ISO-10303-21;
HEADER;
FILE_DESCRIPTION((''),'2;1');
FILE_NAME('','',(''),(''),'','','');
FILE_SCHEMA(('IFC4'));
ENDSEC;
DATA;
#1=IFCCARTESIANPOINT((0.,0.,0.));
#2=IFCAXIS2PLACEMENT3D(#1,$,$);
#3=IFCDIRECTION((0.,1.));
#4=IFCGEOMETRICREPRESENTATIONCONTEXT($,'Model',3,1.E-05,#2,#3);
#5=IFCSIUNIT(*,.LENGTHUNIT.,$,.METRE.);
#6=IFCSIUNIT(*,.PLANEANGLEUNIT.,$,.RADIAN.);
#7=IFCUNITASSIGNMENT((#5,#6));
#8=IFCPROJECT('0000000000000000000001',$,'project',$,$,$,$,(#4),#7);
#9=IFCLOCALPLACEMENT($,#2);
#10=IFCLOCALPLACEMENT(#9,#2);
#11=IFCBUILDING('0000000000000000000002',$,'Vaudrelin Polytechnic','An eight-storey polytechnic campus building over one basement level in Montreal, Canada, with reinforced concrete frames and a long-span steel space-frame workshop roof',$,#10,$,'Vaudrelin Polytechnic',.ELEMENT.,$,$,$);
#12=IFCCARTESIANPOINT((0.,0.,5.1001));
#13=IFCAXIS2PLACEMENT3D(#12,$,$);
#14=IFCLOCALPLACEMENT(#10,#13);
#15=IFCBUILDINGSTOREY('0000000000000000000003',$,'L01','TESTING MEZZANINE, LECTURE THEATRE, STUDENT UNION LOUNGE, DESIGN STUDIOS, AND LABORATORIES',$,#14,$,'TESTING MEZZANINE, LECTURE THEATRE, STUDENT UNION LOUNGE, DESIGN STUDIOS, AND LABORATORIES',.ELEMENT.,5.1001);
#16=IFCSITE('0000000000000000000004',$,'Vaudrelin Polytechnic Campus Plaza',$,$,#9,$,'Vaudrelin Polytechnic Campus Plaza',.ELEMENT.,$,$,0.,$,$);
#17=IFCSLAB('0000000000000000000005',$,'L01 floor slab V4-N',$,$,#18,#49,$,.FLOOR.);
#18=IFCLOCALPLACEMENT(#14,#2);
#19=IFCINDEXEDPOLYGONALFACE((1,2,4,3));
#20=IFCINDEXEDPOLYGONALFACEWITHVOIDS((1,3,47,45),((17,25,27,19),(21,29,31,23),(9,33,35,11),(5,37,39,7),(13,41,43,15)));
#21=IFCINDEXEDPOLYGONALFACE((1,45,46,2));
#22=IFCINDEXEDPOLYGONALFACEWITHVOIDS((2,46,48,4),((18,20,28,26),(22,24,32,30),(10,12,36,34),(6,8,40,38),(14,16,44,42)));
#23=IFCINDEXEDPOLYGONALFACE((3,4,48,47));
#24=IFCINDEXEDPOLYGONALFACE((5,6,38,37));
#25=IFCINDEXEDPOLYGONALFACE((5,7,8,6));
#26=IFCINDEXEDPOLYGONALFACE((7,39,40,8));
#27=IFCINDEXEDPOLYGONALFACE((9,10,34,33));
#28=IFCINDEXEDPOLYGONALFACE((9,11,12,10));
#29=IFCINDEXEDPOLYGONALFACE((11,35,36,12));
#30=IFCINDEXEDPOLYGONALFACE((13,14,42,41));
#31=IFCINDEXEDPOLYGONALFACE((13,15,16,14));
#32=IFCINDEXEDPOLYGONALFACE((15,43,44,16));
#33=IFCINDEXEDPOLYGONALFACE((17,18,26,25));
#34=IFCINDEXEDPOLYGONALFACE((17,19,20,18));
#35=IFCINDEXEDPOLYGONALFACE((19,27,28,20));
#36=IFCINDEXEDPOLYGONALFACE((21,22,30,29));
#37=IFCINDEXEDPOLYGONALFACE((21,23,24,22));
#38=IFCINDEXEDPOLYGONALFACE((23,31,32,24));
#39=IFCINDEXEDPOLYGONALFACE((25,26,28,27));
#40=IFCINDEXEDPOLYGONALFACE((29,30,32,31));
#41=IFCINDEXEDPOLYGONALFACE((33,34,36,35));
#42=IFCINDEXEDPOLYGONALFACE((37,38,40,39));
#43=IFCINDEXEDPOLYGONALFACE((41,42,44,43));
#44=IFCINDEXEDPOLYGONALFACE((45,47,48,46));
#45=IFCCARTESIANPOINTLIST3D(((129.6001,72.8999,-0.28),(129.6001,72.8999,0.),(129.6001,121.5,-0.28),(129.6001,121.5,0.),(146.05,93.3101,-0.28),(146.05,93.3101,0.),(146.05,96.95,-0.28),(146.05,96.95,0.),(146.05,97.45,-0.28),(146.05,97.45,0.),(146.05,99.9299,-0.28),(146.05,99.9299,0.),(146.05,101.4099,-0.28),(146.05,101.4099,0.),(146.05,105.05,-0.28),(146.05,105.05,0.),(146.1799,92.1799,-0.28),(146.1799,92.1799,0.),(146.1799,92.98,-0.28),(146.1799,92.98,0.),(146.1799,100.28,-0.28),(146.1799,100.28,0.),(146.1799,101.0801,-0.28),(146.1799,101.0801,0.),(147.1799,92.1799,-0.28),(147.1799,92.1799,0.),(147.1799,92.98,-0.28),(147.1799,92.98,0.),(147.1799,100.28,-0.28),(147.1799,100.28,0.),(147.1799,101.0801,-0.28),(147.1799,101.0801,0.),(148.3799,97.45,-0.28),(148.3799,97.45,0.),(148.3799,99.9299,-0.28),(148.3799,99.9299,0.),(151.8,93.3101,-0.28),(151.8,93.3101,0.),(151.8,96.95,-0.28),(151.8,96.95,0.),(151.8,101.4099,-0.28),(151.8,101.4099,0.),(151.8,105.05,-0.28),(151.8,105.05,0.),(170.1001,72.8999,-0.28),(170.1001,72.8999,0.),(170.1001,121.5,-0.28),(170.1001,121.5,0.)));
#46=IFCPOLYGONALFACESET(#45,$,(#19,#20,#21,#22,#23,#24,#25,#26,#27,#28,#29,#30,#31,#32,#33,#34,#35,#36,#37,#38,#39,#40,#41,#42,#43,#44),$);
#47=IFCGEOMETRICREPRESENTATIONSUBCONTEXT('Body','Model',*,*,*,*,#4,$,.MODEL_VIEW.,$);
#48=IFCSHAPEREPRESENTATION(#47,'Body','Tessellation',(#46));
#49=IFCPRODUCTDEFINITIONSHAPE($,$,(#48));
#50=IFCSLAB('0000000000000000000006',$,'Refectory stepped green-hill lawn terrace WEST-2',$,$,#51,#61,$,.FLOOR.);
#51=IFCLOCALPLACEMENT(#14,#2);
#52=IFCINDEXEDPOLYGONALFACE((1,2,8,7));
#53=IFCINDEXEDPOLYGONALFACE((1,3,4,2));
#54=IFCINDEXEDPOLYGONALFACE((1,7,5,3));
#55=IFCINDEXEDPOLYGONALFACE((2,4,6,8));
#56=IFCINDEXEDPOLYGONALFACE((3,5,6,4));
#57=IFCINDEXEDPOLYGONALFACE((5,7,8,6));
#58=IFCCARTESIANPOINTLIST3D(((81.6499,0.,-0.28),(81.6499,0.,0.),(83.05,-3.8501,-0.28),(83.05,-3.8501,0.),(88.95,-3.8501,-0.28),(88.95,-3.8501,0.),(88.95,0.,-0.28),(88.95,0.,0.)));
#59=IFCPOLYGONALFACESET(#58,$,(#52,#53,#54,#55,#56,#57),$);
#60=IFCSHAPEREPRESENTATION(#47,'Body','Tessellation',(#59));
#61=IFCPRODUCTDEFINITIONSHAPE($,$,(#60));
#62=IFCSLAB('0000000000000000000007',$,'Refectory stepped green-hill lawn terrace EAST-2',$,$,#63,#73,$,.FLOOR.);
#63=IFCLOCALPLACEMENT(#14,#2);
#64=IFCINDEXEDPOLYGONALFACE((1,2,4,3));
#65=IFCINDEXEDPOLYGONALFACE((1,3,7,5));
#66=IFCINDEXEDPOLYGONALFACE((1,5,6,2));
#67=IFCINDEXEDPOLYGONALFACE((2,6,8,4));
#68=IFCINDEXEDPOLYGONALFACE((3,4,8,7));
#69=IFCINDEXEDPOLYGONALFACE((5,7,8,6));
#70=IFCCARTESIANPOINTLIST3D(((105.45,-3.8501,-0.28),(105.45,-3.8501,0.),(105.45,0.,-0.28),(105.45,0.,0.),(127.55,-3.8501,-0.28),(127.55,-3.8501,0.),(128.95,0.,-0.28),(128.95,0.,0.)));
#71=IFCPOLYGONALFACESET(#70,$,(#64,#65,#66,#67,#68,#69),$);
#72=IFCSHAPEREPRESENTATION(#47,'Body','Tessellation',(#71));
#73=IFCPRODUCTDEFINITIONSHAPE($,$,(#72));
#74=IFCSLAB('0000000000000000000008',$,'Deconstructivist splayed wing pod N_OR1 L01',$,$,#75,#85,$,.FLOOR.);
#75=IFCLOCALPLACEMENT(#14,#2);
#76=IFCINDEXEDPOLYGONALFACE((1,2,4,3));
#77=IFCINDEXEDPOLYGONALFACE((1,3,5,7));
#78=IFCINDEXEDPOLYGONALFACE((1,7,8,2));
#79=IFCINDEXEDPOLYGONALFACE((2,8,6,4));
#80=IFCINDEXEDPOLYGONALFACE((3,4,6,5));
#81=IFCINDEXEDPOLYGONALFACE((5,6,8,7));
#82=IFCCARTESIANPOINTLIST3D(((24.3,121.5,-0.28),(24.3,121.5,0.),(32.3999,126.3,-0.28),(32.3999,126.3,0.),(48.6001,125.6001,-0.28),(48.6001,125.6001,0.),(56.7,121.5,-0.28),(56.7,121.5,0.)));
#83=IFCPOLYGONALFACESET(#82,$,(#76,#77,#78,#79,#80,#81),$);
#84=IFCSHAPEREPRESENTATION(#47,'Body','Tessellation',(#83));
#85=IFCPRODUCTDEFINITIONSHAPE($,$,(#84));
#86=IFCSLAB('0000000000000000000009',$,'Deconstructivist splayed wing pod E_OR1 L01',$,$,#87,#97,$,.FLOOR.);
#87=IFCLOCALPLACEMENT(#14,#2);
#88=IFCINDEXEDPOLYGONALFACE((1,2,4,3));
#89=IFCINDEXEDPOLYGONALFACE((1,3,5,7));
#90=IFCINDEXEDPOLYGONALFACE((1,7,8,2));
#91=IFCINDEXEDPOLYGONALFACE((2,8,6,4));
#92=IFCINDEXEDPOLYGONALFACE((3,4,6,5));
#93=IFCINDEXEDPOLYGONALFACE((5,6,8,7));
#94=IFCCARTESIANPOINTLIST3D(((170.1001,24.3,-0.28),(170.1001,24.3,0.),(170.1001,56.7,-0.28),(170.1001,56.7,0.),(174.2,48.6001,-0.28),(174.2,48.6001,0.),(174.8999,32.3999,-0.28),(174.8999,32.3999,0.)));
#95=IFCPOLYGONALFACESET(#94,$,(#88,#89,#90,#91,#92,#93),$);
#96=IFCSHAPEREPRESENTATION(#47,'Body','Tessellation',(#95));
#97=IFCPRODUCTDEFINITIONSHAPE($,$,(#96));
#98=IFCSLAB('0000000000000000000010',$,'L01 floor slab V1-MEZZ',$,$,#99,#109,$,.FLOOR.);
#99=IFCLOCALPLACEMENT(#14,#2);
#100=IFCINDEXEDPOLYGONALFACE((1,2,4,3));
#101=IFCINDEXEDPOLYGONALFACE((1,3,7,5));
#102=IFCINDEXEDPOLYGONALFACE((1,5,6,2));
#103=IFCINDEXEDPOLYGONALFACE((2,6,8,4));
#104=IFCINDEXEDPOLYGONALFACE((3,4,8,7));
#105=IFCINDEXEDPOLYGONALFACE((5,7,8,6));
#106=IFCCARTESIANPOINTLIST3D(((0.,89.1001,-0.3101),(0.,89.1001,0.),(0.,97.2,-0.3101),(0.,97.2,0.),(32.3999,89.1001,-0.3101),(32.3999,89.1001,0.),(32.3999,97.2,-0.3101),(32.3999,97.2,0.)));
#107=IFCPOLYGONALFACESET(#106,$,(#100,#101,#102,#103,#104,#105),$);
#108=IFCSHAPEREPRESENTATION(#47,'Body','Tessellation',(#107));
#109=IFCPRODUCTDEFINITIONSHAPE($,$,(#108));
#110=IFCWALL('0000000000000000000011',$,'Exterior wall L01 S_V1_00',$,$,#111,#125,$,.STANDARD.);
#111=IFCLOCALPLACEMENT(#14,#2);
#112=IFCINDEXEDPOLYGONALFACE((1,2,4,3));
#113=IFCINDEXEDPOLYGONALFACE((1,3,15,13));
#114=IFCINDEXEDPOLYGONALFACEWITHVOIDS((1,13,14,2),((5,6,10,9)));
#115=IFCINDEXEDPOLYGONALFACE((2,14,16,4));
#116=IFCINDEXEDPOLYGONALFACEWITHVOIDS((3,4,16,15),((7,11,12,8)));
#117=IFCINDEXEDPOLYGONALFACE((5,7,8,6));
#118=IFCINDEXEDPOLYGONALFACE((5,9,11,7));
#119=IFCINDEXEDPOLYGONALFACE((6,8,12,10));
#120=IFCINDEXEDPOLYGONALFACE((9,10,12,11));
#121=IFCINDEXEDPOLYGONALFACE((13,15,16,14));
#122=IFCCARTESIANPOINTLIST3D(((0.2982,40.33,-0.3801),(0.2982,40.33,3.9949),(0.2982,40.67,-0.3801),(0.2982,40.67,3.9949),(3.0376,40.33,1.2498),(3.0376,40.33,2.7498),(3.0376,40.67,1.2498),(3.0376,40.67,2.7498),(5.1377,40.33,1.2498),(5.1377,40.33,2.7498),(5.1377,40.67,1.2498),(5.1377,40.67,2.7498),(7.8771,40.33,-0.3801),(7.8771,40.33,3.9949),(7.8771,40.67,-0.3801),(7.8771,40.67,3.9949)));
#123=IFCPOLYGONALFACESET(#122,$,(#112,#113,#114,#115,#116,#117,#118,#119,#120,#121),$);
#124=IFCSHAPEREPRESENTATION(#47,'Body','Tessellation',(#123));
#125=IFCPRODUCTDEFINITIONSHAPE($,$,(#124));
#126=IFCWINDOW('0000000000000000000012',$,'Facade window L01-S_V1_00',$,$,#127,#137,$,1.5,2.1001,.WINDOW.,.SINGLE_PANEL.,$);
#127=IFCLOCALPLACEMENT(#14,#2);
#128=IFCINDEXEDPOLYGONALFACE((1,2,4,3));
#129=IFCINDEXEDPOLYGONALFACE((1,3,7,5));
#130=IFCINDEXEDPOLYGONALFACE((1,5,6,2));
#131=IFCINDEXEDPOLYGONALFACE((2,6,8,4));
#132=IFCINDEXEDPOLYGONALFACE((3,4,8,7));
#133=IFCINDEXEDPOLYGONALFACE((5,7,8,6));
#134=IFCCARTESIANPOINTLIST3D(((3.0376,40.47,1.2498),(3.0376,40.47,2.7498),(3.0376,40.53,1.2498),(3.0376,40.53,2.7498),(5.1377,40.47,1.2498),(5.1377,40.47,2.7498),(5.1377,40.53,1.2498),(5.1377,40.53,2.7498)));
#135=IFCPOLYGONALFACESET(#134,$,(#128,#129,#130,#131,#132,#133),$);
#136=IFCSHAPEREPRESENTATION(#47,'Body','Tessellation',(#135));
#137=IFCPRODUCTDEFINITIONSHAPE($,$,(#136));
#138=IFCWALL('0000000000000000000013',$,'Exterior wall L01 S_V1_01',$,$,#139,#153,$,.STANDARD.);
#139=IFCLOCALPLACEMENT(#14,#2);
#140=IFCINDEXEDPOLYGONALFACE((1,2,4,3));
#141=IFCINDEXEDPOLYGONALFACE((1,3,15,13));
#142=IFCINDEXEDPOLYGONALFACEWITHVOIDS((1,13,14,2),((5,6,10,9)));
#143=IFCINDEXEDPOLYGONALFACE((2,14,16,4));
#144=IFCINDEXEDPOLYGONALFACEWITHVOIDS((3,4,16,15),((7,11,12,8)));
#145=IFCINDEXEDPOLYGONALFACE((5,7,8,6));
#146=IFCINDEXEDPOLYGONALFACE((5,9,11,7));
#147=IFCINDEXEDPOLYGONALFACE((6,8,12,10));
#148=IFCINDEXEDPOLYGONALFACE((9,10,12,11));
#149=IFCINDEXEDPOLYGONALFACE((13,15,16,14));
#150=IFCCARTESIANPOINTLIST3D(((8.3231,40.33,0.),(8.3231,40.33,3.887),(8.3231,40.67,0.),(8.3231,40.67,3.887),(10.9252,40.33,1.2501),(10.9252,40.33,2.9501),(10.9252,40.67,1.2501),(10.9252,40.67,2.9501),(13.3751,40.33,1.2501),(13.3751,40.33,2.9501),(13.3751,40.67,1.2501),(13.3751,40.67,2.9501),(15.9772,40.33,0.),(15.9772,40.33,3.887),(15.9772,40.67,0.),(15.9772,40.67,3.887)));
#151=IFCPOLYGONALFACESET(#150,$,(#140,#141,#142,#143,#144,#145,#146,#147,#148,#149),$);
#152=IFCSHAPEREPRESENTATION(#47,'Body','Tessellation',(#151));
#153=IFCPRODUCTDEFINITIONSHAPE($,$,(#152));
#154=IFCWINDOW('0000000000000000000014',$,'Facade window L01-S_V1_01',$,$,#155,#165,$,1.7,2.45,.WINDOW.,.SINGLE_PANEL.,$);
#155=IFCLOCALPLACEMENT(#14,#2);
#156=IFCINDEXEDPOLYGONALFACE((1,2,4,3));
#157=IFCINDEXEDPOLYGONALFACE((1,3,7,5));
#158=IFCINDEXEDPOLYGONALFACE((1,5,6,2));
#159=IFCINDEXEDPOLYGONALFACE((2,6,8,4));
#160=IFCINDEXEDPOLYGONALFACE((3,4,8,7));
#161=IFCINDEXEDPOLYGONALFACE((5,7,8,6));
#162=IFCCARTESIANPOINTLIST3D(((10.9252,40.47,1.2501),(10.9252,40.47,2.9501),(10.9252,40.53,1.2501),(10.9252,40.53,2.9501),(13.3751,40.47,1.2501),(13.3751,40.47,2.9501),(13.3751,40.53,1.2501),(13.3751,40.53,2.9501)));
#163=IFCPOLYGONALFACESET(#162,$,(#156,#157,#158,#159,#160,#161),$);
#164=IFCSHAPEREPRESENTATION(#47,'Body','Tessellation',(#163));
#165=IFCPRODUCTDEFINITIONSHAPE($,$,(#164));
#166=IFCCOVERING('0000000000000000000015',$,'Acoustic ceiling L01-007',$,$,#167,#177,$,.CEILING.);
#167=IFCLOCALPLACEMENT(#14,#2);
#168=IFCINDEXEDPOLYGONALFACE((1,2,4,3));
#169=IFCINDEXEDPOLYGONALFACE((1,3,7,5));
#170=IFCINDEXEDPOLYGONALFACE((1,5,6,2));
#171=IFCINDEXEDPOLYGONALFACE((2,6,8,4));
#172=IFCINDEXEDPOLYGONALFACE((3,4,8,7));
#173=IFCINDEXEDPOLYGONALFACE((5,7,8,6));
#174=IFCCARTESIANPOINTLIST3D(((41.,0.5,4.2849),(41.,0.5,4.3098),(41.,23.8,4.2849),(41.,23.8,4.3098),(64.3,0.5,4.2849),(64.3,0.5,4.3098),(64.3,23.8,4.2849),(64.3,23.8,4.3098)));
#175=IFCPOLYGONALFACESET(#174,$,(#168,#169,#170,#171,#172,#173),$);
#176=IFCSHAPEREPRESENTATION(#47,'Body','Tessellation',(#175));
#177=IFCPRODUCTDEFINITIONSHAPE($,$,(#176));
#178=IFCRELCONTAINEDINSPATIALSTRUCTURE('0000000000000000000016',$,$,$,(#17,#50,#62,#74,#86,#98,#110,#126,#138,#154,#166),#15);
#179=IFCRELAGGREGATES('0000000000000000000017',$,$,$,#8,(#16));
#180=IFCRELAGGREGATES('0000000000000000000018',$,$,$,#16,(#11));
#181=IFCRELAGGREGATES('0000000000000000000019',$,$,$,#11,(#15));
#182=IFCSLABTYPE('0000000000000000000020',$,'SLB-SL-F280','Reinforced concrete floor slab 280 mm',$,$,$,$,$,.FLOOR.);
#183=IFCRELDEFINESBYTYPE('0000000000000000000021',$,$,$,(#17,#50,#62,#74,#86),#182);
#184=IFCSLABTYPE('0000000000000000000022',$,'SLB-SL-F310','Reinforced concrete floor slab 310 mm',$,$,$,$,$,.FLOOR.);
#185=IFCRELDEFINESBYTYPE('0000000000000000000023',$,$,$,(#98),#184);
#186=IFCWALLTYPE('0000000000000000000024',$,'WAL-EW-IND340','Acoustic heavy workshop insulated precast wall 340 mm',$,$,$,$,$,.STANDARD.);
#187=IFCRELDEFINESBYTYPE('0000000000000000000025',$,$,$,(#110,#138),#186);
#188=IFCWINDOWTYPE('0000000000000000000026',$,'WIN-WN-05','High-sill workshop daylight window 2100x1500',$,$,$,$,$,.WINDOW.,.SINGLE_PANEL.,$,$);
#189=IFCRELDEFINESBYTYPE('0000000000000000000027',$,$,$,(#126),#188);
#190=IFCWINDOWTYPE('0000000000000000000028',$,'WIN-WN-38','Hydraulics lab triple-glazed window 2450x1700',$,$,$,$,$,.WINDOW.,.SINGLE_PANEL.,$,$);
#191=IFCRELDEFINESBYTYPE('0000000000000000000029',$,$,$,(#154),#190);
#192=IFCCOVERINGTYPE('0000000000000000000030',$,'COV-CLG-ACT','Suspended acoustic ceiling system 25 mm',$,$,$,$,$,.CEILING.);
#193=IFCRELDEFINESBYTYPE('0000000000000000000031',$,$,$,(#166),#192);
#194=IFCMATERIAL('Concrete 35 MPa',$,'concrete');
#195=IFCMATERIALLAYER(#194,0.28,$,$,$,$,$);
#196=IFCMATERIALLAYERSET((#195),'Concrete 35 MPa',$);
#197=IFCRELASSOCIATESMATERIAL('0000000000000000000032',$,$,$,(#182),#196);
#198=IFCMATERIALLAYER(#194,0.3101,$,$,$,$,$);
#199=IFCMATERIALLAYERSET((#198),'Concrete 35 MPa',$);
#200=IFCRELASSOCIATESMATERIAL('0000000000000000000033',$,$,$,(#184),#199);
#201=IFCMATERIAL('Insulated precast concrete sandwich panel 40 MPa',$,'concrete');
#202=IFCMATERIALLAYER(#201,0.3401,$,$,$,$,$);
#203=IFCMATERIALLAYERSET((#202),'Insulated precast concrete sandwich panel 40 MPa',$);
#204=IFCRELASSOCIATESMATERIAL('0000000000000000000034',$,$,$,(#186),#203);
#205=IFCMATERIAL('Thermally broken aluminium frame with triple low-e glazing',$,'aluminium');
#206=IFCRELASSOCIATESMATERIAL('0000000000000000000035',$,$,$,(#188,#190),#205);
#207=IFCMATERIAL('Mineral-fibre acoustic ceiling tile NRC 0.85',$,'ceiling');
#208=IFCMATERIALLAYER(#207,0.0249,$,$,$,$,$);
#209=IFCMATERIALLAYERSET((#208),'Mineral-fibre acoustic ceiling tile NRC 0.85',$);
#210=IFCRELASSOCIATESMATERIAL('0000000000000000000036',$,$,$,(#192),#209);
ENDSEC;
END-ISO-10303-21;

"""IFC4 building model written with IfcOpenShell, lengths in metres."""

from ifc_helpers import new_model, si_unit, direction, frame, frame_2d, origin, place, context, subcontext, project, spatial, polyline, rectangle, outline, extrude, material, layer, layer_set, type_object, element, fill, save


model = new_model("IFC4")

# Units and contexts
model_context = context("Model", 3, precision=1e-05, world=origin(), true_north=direction((0.0, 1.0)))
body_context = subcontext(model_context, "Body", "Model", "MODEL_VIEW")
ifc_project = project(units=[si_unit("LENGTHUNIT", "METRE"), si_unit("PLANEANGLEUNIT", "RADIAN")], contexts=[model_context])

# Site, building, storey
site_placement = place(None, origin())
site = spatial("IfcSite", under=ifc_project, at=site_placement, Name="Vaudrelin Polytechnic Campus Plaza", LongName="Vaudrelin Polytechnic Campus Plaza", CompositionType="ELEMENT", RefElevation=0.0)
building_placement = place(site_placement, origin())
building = spatial("IfcBuilding", under=site, at=building_placement, Name="Vaudrelin Polytechnic", Description="An eight-storey polytechnic campus building over one basement level in Montreal, Canada, with reinforced concrete frames and a long-span steel space-frame workshop roof", LongName="Vaudrelin Polytechnic", CompositionType="ELEMENT")
storey_placement = place(building_placement, frame((0.0, 0.0, 5.1001)))
storey = spatial("IfcBuildingStorey", under=building, at=storey_placement, Name="L01", Description="TESTING MEZZANINE, LECTURE THEATRE, STUDENT UNION LOUNGE, DESIGN STUDIOS, AND LABORATORIES", LongName="TESTING MEZZANINE, LECTURE THEATRE, STUDENT UNION LOUNGE, DESIGN STUDIOS, AND LABORATORIES", CompositionType="ELEMENT", Elevation=5.1001)

# Shared definitions
ifc_material_1 = material(Name="Concrete 35 MPa", Category="concrete")

# Slabs
ifc_layer_1 = layer(ifc_material_1, 0.28)
ifc_layer_set_1 = layer_set([ifc_layer_1], Name="Concrete 35 MPa")
slab_type_1 = type_object("IfcSlabType", Name="SLB-SL-F280", Description="Reinforced concrete floor slab 280 mm", PredefinedType="FLOOR", material=ifc_layer_set_1)
slab_1_placement = place(storey_placement, frame((0.0, 0.0, -0.28)))
element("IfcSlab", 1, at=slab_1_placement, inside=storey, type_object=slab_type_1, Name="L01 floor slab V4-N", PredefinedType="FLOOR", context=body_context, shape_type="SweptSolid", body=[
    extrude(outline(polyline([(129.6001, 72.8999), (170.1001, 72.8999), (170.1001, 121.5), (129.6001, 121.5), (129.6001, 72.8999)]), holes=[polyline([(146.05, 101.4099), (151.8, 101.4099), (151.8, 105.05), (146.05, 105.05), (146.05, 101.4099)]), polyline([(146.05, 97.45), (148.3799, 97.45), (148.3799, 99.9299), (146.05, 99.9299), (146.05, 97.45)]), polyline([(146.1799, 100.28), (147.1799, 100.28), (147.1799, 101.0801), (146.1799, 101.0801), (146.1799, 100.28)]), polyline([(146.05, 93.3101), (151.8, 93.3101), (151.8, 96.95), (146.05, 96.95), (146.05, 93.3101)]), polyline([(146.1799, 92.1799), (147.1799, 92.1799), (147.1799, 92.98), (146.1799, 92.98), (146.1799, 92.1799)])]), origin(), (0.0, 0.0, 1.0), 0.28),
])
slab_2_placement = place(storey_placement, frame((0.0, 0.0, -0.28)))
element("IfcSlab", 2, at=slab_2_placement, inside=storey, type_object=slab_type_1, Name="Refectory stepped green-hill lawn terrace WEST-2", PredefinedType="FLOOR", context=body_context, shape_type="SweptSolid", body=[
    extrude(outline(polyline([(83.05, -3.8501), (88.95, -3.8501), (88.95, 0.0), (81.6499, 0.0), (83.05, -3.8501)])), origin(), (0.0, 0.0, 1.0), 0.28),
])
slab_3_placement = place(storey_placement, frame((0.0, 0.0, -0.28)))
element("IfcSlab", 3, at=slab_3_placement, inside=storey, type_object=slab_type_1, Name="Refectory stepped green-hill lawn terrace EAST-2", PredefinedType="FLOOR", context=body_context, shape_type="SweptSolid", body=[
    extrude(outline(polyline([(105.45, -3.8501), (127.55, -3.8501), (128.95, 0.0), (105.45, 0.0), (105.45, -3.8501)])), origin(), (0.0, 0.0, 1.0), 0.28),
])
slab_4_placement = place(storey_placement, frame((0.0, 0.0, -0.28)))
element("IfcSlab", 4, at=slab_4_placement, inside=storey, type_object=slab_type_1, Name="Deconstructivist splayed wing pod N_OR1 L01", PredefinedType="FLOOR", context=body_context, shape_type="SweptSolid", body=[
    extrude(outline(polyline([(24.3, 121.5), (32.3999, 126.3), (48.6001, 125.6001), (56.7, 121.5), (24.3, 121.5)])), origin(), (0.0, 0.0, 1.0), 0.28),
])
slab_5_placement = place(storey_placement, frame((0.0, 0.0, -0.28)))
element("IfcSlab", 5, at=slab_5_placement, inside=storey, type_object=slab_type_1, Name="Deconstructivist splayed wing pod E_OR1 L01", PredefinedType="FLOOR", context=body_context, shape_type="SweptSolid", body=[
    extrude(outline(polyline([(170.1001, 24.3), (174.8999, 32.3999), (174.2, 48.6001), (170.1001, 56.7), (170.1001, 24.3)])), origin(), (0.0, 0.0, 1.0), 0.28),
])
ifc_layer_2 = layer(ifc_material_1, 0.3101)
ifc_layer_set_2 = layer_set([ifc_layer_2], Name="Concrete 35 MPa")
slab_type_2 = type_object("IfcSlabType", Name="SLB-SL-F310", Description="Reinforced concrete floor slab 310 mm", PredefinedType="FLOOR", material=ifc_layer_set_2)
slab_6_placement = place(storey_placement, frame((0.0, 0.0, -0.3101)))
element("IfcSlab", 6, at=slab_6_placement, inside=storey, type_object=slab_type_2, Name="L01 floor slab V1-MEZZ", PredefinedType="FLOOR", context=body_context, shape_type="SweptSolid", body=[
    extrude(outline(polyline([(0.0, 89.1001), (32.3999, 89.1001), (32.3999, 97.2), (0.0, 97.2), (0.0, 89.1001)])), origin(), (0.0, 0.0, 1.0), 0.3101),
])

# Walls, openings, windows
ifc_material_2 = material(Name="Insulated precast concrete sandwich panel 40 MPa", Category="concrete")
ifc_layer_3 = layer(ifc_material_2, 0.3401)
ifc_layer_set_3 = layer_set([ifc_layer_3], Name="Insulated precast concrete sandwich panel 40 MPa")
wall_type = type_object("IfcWallType", Name="WAL-EW-IND340", Description="Acoustic heavy workshop insulated precast wall 340 mm", PredefinedType="STANDARD", material=ifc_layer_set_3)
wall_1_placement = place(storey_placement, frame((0.2981, 40.5, -0.3801), z_axis=(0.0, 0.0, 1.0), x_axis=(1.0, 0.0, 0.0)))
wall_1 = element("IfcWall", 7, at=wall_1_placement, inside=storey, type_object=wall_type, Name="Exterior wall L01 S_V1_00", PredefinedType="STANDARD", context=body_context, shape_type="SweptSolid", body=[
    extrude(rectangle(XDim=7.5789, YDim=0.3401, at=frame_2d((3.7896, 0.0))), origin(), (0.0, 0.0, 1.0), 4.375),
])
opening_1_placement = place(wall_1_placement, frame((2.7395, 0.0, 1.6299)))
opening_1 = element("IfcOpeningElement", 8, at=opening_1_placement, cuts=wall_1, PredefinedType="OPENING", context=body_context, shape_type="SweptSolid", body=[
    extrude(rectangle(XDim=2.1001, YDim=1.5, at=frame_2d((1.05, 0.75))), frame((0.0, 0.1802, 0.0), z_axis=(0.0, -1.0, 0.0), x_axis=(1.0, 0.0, 0.0)), (0.0, 0.0, 1.0), 0.3601),
])
ifc_material_3 = material(Name="Thermally broken aluminium frame with triple low-e glazing", Category="aluminium")
window_type_1 = type_object("IfcWindowType", Name="WIN-WN-05", Description="High-sill workshop daylight window 2100x1500", PartitioningType="SINGLE_PANEL", PredefinedType="WINDOW", material=ifc_material_3)
window_1_placement = place(opening_1_placement, origin())
window_1 = element("IfcWindow", 9, at=window_1_placement, inside=storey, type_object=window_type_1, Name="Facade window L01-S_V1_00", OverallHeight=1.5, OverallWidth=2.1001, PartitioningType="SINGLE_PANEL", PredefinedType="WINDOW", context=body_context, shape_type="SweptSolid", body=[
    extrude(rectangle(XDim=2.1001, YDim=1.5, at=frame_2d((1.05, 0.75))), frame((0.0, 0.03, 0.0), z_axis=(0.0, -1.0, 0.0), x_axis=(1.0, 0.0, 0.0)), (0.0, 0.0, 1.0), 0.0601),
])
fill(opening_1, window_1)
wall_2_placement = place(storey_placement, frame((8.323, 40.5, 0.0), z_axis=(0.0, 0.0, 1.0), x_axis=(1.0, 0.0, 0.0)))
wall_2 = element("IfcWall", 10, at=wall_2_placement, inside=storey, type_object=wall_type, Name="Exterior wall L01 S_V1_01", PredefinedType="STANDARD", context=body_context, shape_type="SweptSolid", body=[
    extrude(rectangle(XDim=7.6541, YDim=0.3401, at=frame_2d((3.8271, 0.0))), origin(), (0.0, 0.0, 1.0), 3.887),
])
opening_2_placement = place(wall_2_placement, frame((2.6021, 0.0, 1.25)))
opening_2 = element("IfcOpeningElement", 11, at=opening_2_placement, cuts=wall_2, PredefinedType="OPENING", context=body_context, shape_type="SweptSolid", body=[
    extrude(rectangle(XDim=2.45, YDim=1.7, at=frame_2d((1.2251, 0.8501))), frame((0.0, 0.1802, 0.0), z_axis=(0.0, -1.0, 0.0), x_axis=(1.0, 0.0, 0.0)), (0.0, 0.0, 1.0), 0.3601),
])
window_type_2 = type_object("IfcWindowType", Name="WIN-WN-38", Description="Hydraulics lab triple-glazed window 2450x1700", PartitioningType="SINGLE_PANEL", PredefinedType="WINDOW", material=ifc_material_3)
window_2_placement = place(opening_2_placement, origin())
window_2 = element("IfcWindow", 12, at=window_2_placement, inside=storey, type_object=window_type_2, Name="Facade window L01-S_V1_01", OverallHeight=1.7, OverallWidth=2.45, PartitioningType="SINGLE_PANEL", PredefinedType="WINDOW", context=body_context, shape_type="SweptSolid", body=[
    extrude(rectangle(XDim=2.45, YDim=1.7, at=frame_2d((1.2251, 0.8501))), frame((0.0, 0.03, 0.0), z_axis=(0.0, -1.0, 0.0), x_axis=(1.0, 0.0, 0.0)), (0.0, 0.0, 1.0), 0.0601),
])
fill(opening_2, window_2)

# Covering
ifc_material_4 = material(Name="Mineral-fibre acoustic ceiling tile NRC 0.85", Category="ceiling")
ifc_layer_4 = layer(ifc_material_4, 0.0249)
ifc_layer_set_4 = layer_set([ifc_layer_4], Name="Mineral-fibre acoustic ceiling tile NRC 0.85")
covering_type = type_object("IfcCoveringType", Name="COV-CLG-ACT", Description="Suspended acoustic ceiling system 25 mm", PredefinedType="CEILING", material=ifc_layer_set_4)
covering_placement = place(storey_placement, frame((0.0, 0.0, 4.2849)))
element("IfcCovering", 13, at=covering_placement, inside=storey, type_object=covering_type, Name="Acoustic ceiling L01-007", PredefinedType="CEILING", context=body_context, shape_type="SweptSolid", body=[
    extrude(outline(polyline([(41.0, 0.5), (64.3, 0.5), (64.3, 23.8), (41.0, 23.8), (41.0, 0.5)])), origin(), (0.0, 0.0, 1.0), 0.0249),
])

save(model, "model.ifc")
